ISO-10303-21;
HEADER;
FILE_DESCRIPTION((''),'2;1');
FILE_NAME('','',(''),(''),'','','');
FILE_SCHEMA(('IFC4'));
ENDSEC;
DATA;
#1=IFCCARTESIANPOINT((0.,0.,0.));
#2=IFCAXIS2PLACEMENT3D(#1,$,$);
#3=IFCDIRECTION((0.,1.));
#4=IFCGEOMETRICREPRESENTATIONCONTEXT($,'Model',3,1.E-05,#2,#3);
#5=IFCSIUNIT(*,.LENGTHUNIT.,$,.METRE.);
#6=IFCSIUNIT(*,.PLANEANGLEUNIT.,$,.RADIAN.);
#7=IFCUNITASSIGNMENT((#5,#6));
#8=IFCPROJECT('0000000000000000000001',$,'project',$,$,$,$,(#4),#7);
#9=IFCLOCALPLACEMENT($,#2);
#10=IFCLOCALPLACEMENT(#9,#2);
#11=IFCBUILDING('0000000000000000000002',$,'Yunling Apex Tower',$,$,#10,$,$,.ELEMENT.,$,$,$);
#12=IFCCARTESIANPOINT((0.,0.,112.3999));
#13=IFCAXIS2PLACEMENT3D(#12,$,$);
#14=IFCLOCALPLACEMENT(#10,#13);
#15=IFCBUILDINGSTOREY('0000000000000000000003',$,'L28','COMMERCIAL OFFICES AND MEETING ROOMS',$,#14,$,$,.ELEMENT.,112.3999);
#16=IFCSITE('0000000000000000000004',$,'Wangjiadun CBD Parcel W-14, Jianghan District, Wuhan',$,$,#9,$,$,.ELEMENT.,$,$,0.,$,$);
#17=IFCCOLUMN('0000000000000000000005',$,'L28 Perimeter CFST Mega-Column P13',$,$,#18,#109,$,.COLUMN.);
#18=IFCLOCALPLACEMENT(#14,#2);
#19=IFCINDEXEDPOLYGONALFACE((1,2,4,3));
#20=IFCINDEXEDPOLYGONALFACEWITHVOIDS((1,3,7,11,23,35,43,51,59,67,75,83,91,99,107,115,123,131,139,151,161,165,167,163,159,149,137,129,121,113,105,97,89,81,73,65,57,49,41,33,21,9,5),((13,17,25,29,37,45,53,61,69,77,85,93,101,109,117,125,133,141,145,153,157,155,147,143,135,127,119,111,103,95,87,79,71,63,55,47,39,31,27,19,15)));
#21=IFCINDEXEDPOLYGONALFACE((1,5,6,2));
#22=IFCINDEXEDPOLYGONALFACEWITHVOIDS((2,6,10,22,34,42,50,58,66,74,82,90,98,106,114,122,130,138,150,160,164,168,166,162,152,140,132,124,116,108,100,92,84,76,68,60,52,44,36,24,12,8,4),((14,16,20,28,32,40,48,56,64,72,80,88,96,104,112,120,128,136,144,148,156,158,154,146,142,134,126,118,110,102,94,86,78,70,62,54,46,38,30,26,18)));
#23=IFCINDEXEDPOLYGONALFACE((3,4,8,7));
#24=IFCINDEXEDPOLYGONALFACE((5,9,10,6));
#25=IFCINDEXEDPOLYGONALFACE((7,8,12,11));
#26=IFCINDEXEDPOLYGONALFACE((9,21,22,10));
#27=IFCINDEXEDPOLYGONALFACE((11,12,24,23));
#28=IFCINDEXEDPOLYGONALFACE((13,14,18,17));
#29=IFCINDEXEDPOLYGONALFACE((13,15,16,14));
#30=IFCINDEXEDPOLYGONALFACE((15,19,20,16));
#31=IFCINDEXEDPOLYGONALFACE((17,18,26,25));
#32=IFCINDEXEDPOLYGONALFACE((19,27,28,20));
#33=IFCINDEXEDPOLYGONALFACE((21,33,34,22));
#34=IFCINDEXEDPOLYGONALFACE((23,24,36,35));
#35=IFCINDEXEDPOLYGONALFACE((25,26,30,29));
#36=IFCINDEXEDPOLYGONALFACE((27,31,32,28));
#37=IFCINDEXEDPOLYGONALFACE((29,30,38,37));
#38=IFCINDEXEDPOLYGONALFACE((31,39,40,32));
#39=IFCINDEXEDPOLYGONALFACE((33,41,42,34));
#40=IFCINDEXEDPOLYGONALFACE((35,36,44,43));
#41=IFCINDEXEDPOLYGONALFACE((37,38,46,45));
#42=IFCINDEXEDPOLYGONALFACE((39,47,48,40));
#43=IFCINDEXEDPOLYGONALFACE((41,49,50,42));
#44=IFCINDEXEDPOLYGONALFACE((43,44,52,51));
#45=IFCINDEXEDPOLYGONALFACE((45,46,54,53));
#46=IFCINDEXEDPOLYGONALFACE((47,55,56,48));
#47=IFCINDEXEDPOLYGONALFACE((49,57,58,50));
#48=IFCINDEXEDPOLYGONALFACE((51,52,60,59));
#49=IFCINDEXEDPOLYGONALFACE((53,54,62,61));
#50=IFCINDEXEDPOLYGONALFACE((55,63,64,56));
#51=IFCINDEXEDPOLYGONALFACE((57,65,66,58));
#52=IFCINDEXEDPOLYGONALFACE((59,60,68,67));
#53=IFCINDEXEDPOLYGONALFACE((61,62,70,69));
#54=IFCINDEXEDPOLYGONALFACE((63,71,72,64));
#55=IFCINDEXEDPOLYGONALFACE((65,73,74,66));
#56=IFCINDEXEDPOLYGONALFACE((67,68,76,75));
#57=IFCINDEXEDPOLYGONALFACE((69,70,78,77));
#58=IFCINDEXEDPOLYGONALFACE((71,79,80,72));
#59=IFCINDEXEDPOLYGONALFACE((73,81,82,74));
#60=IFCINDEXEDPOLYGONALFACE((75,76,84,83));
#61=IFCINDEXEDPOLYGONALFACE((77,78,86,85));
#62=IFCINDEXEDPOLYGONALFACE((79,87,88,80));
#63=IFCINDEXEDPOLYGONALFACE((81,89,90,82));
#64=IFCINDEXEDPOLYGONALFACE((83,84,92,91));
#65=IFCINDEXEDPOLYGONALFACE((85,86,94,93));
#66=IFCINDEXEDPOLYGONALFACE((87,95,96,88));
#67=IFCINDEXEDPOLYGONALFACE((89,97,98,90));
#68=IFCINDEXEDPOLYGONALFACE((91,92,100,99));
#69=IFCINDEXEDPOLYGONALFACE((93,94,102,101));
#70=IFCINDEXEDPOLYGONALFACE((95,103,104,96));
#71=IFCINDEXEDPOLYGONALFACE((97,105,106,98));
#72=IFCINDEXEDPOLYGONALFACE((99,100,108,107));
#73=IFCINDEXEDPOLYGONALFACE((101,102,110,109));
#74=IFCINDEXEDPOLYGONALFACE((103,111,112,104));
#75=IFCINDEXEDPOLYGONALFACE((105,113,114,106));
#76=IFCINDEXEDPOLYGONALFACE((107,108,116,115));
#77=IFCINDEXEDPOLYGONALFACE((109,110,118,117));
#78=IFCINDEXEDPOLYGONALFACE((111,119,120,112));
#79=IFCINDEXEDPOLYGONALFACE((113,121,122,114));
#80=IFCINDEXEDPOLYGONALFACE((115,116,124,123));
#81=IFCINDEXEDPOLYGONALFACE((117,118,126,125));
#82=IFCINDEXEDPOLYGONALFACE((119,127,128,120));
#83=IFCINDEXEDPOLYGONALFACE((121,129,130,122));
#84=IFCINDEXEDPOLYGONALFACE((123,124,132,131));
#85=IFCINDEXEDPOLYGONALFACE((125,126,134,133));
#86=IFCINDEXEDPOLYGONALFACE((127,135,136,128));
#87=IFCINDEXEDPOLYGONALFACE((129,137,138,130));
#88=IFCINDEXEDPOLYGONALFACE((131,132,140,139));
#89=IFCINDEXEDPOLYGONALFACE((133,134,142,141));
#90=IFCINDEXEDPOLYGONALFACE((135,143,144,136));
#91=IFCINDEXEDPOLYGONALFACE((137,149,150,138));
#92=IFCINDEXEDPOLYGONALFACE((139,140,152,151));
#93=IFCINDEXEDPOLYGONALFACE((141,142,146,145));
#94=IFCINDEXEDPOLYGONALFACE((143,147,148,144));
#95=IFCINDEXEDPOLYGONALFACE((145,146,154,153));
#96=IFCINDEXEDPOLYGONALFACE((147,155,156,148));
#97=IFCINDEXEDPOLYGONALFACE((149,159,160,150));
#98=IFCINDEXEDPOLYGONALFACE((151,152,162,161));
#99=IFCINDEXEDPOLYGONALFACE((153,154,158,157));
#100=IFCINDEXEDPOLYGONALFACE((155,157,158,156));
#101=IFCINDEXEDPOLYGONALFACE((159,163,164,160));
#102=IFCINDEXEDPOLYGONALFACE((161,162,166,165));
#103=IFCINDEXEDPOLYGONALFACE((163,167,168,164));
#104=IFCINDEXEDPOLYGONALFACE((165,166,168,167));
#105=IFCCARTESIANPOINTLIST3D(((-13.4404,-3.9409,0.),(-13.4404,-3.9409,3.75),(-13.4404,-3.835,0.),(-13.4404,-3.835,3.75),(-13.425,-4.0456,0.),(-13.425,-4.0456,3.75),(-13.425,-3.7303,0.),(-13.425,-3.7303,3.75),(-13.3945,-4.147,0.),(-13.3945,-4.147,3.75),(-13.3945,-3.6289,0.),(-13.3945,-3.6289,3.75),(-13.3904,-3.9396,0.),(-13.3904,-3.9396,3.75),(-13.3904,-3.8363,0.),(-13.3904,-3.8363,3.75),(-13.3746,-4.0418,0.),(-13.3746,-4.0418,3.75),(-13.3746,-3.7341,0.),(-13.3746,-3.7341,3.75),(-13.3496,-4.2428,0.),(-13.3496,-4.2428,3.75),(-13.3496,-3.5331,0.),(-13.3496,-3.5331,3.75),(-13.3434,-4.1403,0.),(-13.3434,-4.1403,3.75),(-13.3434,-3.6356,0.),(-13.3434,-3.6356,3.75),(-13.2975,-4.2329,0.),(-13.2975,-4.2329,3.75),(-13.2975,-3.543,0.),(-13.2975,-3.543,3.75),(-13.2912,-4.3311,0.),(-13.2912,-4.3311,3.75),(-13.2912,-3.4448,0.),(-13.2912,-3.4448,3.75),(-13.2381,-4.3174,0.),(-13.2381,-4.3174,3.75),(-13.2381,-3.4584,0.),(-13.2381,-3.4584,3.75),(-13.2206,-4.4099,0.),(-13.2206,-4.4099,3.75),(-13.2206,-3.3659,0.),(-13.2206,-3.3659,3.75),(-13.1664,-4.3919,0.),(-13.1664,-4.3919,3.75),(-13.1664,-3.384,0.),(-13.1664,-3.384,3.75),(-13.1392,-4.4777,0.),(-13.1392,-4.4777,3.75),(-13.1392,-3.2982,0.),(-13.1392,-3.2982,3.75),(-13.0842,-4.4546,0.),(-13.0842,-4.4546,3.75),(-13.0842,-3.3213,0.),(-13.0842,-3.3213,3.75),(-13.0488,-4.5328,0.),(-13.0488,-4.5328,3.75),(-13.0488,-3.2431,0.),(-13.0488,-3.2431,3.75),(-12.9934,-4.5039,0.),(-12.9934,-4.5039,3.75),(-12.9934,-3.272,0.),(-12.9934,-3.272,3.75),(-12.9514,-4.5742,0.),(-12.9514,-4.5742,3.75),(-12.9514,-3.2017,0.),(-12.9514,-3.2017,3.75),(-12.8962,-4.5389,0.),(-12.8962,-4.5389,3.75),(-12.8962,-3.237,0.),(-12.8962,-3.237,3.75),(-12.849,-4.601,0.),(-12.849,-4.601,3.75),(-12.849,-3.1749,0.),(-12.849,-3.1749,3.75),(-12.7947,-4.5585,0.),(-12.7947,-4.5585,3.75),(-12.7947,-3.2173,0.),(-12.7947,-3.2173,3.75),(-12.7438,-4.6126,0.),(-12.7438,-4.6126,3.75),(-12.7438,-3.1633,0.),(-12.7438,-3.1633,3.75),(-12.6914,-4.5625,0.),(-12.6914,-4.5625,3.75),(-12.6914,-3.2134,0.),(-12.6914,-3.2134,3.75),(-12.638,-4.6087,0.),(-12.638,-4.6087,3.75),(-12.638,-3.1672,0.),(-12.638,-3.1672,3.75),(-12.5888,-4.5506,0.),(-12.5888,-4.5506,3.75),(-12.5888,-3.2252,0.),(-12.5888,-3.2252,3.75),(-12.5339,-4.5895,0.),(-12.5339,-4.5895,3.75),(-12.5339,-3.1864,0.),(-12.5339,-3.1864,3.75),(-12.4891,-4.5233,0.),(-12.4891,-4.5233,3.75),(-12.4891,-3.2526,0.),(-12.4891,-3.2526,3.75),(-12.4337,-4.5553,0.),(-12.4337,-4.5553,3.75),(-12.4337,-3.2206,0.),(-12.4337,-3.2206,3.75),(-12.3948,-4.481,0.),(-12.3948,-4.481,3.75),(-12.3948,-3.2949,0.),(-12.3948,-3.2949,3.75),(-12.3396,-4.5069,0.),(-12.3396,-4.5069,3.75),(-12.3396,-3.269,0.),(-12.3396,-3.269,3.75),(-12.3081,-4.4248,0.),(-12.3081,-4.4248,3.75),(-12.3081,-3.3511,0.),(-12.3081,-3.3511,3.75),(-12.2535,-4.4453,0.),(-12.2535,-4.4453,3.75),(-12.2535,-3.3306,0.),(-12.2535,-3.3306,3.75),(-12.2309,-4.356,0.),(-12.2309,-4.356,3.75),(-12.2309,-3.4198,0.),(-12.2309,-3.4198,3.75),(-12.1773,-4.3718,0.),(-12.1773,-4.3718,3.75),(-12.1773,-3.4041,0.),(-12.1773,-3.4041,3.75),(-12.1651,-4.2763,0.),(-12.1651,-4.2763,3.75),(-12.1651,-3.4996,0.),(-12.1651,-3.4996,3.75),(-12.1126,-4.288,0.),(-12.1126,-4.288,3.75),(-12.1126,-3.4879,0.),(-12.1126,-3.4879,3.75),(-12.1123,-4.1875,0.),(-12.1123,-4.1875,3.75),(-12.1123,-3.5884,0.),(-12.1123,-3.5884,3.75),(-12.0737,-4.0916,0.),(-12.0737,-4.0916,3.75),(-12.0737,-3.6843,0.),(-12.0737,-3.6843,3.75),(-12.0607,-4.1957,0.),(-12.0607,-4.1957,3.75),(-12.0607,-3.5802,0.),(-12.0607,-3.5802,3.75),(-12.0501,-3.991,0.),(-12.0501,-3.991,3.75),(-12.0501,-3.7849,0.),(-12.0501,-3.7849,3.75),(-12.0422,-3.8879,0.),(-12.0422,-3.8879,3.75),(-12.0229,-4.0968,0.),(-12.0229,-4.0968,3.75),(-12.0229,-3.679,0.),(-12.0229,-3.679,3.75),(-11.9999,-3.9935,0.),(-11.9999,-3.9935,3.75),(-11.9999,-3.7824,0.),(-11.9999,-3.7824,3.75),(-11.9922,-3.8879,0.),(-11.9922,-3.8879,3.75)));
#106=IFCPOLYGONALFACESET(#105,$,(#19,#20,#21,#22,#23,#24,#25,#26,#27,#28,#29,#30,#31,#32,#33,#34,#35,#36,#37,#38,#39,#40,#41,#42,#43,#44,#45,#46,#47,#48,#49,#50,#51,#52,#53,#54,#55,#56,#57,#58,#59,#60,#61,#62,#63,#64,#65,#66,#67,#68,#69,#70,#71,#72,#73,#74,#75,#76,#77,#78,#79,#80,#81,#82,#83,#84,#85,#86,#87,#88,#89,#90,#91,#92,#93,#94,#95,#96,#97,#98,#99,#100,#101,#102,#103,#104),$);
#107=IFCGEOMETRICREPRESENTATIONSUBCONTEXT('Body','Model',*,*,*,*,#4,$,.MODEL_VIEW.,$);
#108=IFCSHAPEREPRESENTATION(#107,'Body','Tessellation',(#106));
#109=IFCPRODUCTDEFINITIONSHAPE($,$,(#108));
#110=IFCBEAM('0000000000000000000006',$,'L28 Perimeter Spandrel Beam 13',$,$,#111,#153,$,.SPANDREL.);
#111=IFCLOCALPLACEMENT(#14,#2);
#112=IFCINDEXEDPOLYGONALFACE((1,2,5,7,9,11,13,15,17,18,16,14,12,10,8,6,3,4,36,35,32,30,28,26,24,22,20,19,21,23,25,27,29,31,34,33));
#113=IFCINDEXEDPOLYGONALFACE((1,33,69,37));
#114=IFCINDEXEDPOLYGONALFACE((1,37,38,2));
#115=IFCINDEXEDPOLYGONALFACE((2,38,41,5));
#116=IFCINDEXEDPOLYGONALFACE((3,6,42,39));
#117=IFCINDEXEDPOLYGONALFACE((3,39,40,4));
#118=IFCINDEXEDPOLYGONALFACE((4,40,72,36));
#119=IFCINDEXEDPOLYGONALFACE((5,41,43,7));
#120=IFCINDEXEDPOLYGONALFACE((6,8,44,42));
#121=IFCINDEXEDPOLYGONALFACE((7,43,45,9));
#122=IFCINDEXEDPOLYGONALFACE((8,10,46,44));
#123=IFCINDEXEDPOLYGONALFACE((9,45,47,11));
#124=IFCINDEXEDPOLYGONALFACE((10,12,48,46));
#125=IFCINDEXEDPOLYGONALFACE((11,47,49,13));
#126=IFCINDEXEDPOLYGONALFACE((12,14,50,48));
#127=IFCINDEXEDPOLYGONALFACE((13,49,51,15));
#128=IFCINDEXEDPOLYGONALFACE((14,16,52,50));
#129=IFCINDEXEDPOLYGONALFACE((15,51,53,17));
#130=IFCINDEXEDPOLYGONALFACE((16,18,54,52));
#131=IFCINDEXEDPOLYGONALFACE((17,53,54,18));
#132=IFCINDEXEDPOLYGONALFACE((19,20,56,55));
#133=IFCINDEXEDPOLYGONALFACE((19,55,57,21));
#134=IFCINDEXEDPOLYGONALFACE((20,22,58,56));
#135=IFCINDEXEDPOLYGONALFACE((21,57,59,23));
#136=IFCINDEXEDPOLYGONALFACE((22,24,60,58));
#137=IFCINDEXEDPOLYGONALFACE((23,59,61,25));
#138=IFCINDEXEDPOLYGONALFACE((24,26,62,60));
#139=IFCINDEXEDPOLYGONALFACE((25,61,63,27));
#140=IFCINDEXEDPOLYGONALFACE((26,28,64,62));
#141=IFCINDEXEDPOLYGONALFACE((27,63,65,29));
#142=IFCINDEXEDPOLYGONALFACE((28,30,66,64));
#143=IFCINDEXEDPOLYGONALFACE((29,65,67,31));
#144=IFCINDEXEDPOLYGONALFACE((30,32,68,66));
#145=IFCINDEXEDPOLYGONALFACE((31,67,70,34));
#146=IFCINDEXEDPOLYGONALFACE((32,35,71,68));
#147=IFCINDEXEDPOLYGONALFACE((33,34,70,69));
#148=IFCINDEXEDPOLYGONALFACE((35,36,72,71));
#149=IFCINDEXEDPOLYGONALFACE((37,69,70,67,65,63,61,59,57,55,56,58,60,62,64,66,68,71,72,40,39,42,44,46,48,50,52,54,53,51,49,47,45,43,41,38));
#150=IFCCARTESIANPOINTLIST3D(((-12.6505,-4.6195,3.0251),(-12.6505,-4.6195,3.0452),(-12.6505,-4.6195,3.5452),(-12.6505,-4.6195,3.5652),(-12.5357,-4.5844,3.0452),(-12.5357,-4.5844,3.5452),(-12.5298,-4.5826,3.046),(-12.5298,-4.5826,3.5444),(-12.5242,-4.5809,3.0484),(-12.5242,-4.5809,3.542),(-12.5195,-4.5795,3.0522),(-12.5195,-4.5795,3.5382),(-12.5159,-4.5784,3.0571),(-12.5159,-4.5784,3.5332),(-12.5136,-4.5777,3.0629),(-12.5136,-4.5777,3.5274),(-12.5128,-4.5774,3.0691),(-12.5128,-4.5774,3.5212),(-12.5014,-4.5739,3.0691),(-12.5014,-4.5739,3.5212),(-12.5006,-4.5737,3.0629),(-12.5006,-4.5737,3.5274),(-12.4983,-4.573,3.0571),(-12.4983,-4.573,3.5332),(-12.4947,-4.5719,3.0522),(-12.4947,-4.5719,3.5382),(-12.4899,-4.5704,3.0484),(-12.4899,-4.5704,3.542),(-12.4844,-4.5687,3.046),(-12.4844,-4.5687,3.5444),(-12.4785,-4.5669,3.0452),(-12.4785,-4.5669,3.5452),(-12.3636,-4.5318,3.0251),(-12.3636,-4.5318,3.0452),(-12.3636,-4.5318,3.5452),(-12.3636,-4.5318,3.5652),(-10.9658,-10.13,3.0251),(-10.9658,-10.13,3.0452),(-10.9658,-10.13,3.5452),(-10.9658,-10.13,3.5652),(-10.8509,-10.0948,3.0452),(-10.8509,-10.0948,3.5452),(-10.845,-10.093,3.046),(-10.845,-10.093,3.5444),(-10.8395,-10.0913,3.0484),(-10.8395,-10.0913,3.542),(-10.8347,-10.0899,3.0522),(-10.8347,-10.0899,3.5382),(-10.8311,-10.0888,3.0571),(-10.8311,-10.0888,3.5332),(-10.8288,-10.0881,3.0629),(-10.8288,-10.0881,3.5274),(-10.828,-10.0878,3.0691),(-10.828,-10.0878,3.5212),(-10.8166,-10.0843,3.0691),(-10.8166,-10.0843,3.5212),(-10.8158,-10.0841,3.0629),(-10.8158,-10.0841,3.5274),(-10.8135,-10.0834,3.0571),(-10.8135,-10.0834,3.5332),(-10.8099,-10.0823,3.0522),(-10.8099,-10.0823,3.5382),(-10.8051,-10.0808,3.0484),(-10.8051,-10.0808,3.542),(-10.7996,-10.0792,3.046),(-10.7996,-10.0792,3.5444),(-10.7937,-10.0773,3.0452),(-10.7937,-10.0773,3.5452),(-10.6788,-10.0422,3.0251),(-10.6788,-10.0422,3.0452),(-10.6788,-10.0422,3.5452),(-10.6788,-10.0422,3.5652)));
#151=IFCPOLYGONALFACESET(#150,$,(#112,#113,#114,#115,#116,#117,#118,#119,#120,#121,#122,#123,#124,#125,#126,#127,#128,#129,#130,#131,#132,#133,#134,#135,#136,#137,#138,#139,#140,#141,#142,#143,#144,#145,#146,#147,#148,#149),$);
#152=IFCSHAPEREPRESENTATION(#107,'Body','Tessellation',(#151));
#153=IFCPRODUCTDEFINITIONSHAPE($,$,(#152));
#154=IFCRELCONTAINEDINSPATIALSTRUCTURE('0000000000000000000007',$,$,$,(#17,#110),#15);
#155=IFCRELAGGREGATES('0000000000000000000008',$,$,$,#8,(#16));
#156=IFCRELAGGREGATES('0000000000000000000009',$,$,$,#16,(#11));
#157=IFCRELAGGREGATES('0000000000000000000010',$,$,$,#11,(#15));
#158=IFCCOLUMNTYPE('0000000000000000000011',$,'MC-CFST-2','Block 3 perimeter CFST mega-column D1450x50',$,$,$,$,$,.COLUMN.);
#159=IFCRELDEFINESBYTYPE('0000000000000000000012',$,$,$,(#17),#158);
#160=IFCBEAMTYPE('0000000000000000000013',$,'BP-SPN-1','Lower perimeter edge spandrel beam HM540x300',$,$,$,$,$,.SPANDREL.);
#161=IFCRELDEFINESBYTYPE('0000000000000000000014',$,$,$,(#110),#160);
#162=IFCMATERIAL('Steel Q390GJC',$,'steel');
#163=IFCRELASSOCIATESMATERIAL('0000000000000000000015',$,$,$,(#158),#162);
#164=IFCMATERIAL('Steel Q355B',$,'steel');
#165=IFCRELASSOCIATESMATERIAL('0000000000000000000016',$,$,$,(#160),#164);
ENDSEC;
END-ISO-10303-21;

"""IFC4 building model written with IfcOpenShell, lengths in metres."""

from ifc_helpers import new_model, si_unit, direction, frame, origin, origin_2d, place, context, subcontext, project, spatial, hollow_circle, i_section, extrude, source, transform, mapped, material, material_profile, profile_set, type_object, element, save


model = new_model("IFC4")

# Units and contexts
model_context = context("Model", 3, precision=1e-05, world=origin(), true_north=direction((0.0, 1.0)))
body_context = subcontext(model_context, "Body", "Model", "MODEL_VIEW")
ifc_project = project(units=[si_unit("LENGTHUNIT", "METRE"), si_unit("PLANEANGLEUNIT", "RADIAN")], contexts=[model_context])

# Site, building, storey
site_placement = place(None, origin())
site = spatial("IfcSite", under=ifc_project, at=site_placement, Name="Wangjiadun CBD Parcel W-14, Jianghan District, Wuhan", CompositionType="ELEMENT", RefElevation=0.0)
building_placement = place(site_placement, origin())
building = spatial("IfcBuilding", under=site, at=building_placement, Name="Yunling Apex Tower", CompositionType="ELEMENT")
storey_placement = place(building_placement, frame((0.0, 0.0, 112.3999)))
storey = spatial("IfcBuildingStorey", under=building, at=storey_placement, Name="L28", Description="COMMERCIAL OFFICES AND MEETING ROOMS", CompositionType="ELEMENT", Elevation=112.3999)

# Column
ifc_material_1 = material(Name="Steel Q390GJC", Category="steel")
ifc_material_profile_1 = material_profile(ifc_material_1, hollow_circle(Radius=0.7251, WallThickness=0.05, at=origin_2d()))
ifc_profile_set_1 = profile_set([ifc_material_profile_1], Name="Steel Q390GJC")
column_type = type_object("IfcColumnType", Name="MC-CFST-2", Description="Block 3 perimeter CFST mega-column D1450x50", PredefinedType="COLUMN", material=ifc_profile_set_1)
shared_shape_1 = source(origin(), body_context, "Body", "SweptSolid", [
    extrude(hollow_circle(Radius=0.7251, WallThickness=0.05, at=origin_2d()), origin(), (0.0, 0.0, 1.0), 3.75),
])
column_placement = place(storey_placement, frame((-12.7173, -3.8879, 0.0), z_axis=(0.0, 0.0, 1.0), x_axis=(1.0, 0.0, 0.0)))
element("IfcColumn", 1, at=column_placement, inside=storey, type_object=column_type, Name="L28 Perimeter CFST Mega-Column P13", PredefinedType="COLUMN", context=body_context, shape_type="MappedRepresentation", body=[
    mapped(shared_shape_1, transform((0.0, 0.0, 0.0), scale=1.0)),
])

# Beam
ifc_material_2 = material(Name="Steel Q355B", Category="steel")
ifc_material_profile_2 = material_profile(ifc_material_2, i_section(OverallWidth=0.3, OverallDepth=0.54, WebThickness=0.012, FlangeThickness=0.02, FilletRadius=0.0239, at=origin_2d()))
ifc_profile_set_2 = profile_set([ifc_material_profile_2], Name="Steel Q355B")
beam_type_1 = type_object("IfcBeamType", Name="BP-SPN-1", Description="Lower perimeter edge spandrel beam HM540x300", PredefinedType="SPANDREL", material=ifc_profile_set_2)
shared_shape_2 = source(origin(), body_context, "Body", "SweptSolid", [
    extrude(i_section(OverallWidth=0.3, OverallDepth=0.54, WebThickness=0.012, FlangeThickness=0.02, FilletRadius=0.0239, at=origin_2d()), origin(), (0.0, 0.0, 1.0), 5.7622),
])
beam_1_placement = place(storey_placement, frame((-12.5071, -4.5757, 3.2952), z_axis=(0.292385, -0.956301, 0.0), x_axis=(0.956301, 0.292385, 0.0)))
element("IfcBeam", 2, at=beam_1_placement, inside=storey, type_object=beam_type_1, Name="L28 Perimeter Spandrel Beam 13", PredefinedType="SPANDREL", context=body_context, shape_type="MappedRepresentation", body=[
    mapped(shared_shape_2, transform((0.0, 0.0, 0.0), scale=1.0)),
])

save(model, "model.ifc")
